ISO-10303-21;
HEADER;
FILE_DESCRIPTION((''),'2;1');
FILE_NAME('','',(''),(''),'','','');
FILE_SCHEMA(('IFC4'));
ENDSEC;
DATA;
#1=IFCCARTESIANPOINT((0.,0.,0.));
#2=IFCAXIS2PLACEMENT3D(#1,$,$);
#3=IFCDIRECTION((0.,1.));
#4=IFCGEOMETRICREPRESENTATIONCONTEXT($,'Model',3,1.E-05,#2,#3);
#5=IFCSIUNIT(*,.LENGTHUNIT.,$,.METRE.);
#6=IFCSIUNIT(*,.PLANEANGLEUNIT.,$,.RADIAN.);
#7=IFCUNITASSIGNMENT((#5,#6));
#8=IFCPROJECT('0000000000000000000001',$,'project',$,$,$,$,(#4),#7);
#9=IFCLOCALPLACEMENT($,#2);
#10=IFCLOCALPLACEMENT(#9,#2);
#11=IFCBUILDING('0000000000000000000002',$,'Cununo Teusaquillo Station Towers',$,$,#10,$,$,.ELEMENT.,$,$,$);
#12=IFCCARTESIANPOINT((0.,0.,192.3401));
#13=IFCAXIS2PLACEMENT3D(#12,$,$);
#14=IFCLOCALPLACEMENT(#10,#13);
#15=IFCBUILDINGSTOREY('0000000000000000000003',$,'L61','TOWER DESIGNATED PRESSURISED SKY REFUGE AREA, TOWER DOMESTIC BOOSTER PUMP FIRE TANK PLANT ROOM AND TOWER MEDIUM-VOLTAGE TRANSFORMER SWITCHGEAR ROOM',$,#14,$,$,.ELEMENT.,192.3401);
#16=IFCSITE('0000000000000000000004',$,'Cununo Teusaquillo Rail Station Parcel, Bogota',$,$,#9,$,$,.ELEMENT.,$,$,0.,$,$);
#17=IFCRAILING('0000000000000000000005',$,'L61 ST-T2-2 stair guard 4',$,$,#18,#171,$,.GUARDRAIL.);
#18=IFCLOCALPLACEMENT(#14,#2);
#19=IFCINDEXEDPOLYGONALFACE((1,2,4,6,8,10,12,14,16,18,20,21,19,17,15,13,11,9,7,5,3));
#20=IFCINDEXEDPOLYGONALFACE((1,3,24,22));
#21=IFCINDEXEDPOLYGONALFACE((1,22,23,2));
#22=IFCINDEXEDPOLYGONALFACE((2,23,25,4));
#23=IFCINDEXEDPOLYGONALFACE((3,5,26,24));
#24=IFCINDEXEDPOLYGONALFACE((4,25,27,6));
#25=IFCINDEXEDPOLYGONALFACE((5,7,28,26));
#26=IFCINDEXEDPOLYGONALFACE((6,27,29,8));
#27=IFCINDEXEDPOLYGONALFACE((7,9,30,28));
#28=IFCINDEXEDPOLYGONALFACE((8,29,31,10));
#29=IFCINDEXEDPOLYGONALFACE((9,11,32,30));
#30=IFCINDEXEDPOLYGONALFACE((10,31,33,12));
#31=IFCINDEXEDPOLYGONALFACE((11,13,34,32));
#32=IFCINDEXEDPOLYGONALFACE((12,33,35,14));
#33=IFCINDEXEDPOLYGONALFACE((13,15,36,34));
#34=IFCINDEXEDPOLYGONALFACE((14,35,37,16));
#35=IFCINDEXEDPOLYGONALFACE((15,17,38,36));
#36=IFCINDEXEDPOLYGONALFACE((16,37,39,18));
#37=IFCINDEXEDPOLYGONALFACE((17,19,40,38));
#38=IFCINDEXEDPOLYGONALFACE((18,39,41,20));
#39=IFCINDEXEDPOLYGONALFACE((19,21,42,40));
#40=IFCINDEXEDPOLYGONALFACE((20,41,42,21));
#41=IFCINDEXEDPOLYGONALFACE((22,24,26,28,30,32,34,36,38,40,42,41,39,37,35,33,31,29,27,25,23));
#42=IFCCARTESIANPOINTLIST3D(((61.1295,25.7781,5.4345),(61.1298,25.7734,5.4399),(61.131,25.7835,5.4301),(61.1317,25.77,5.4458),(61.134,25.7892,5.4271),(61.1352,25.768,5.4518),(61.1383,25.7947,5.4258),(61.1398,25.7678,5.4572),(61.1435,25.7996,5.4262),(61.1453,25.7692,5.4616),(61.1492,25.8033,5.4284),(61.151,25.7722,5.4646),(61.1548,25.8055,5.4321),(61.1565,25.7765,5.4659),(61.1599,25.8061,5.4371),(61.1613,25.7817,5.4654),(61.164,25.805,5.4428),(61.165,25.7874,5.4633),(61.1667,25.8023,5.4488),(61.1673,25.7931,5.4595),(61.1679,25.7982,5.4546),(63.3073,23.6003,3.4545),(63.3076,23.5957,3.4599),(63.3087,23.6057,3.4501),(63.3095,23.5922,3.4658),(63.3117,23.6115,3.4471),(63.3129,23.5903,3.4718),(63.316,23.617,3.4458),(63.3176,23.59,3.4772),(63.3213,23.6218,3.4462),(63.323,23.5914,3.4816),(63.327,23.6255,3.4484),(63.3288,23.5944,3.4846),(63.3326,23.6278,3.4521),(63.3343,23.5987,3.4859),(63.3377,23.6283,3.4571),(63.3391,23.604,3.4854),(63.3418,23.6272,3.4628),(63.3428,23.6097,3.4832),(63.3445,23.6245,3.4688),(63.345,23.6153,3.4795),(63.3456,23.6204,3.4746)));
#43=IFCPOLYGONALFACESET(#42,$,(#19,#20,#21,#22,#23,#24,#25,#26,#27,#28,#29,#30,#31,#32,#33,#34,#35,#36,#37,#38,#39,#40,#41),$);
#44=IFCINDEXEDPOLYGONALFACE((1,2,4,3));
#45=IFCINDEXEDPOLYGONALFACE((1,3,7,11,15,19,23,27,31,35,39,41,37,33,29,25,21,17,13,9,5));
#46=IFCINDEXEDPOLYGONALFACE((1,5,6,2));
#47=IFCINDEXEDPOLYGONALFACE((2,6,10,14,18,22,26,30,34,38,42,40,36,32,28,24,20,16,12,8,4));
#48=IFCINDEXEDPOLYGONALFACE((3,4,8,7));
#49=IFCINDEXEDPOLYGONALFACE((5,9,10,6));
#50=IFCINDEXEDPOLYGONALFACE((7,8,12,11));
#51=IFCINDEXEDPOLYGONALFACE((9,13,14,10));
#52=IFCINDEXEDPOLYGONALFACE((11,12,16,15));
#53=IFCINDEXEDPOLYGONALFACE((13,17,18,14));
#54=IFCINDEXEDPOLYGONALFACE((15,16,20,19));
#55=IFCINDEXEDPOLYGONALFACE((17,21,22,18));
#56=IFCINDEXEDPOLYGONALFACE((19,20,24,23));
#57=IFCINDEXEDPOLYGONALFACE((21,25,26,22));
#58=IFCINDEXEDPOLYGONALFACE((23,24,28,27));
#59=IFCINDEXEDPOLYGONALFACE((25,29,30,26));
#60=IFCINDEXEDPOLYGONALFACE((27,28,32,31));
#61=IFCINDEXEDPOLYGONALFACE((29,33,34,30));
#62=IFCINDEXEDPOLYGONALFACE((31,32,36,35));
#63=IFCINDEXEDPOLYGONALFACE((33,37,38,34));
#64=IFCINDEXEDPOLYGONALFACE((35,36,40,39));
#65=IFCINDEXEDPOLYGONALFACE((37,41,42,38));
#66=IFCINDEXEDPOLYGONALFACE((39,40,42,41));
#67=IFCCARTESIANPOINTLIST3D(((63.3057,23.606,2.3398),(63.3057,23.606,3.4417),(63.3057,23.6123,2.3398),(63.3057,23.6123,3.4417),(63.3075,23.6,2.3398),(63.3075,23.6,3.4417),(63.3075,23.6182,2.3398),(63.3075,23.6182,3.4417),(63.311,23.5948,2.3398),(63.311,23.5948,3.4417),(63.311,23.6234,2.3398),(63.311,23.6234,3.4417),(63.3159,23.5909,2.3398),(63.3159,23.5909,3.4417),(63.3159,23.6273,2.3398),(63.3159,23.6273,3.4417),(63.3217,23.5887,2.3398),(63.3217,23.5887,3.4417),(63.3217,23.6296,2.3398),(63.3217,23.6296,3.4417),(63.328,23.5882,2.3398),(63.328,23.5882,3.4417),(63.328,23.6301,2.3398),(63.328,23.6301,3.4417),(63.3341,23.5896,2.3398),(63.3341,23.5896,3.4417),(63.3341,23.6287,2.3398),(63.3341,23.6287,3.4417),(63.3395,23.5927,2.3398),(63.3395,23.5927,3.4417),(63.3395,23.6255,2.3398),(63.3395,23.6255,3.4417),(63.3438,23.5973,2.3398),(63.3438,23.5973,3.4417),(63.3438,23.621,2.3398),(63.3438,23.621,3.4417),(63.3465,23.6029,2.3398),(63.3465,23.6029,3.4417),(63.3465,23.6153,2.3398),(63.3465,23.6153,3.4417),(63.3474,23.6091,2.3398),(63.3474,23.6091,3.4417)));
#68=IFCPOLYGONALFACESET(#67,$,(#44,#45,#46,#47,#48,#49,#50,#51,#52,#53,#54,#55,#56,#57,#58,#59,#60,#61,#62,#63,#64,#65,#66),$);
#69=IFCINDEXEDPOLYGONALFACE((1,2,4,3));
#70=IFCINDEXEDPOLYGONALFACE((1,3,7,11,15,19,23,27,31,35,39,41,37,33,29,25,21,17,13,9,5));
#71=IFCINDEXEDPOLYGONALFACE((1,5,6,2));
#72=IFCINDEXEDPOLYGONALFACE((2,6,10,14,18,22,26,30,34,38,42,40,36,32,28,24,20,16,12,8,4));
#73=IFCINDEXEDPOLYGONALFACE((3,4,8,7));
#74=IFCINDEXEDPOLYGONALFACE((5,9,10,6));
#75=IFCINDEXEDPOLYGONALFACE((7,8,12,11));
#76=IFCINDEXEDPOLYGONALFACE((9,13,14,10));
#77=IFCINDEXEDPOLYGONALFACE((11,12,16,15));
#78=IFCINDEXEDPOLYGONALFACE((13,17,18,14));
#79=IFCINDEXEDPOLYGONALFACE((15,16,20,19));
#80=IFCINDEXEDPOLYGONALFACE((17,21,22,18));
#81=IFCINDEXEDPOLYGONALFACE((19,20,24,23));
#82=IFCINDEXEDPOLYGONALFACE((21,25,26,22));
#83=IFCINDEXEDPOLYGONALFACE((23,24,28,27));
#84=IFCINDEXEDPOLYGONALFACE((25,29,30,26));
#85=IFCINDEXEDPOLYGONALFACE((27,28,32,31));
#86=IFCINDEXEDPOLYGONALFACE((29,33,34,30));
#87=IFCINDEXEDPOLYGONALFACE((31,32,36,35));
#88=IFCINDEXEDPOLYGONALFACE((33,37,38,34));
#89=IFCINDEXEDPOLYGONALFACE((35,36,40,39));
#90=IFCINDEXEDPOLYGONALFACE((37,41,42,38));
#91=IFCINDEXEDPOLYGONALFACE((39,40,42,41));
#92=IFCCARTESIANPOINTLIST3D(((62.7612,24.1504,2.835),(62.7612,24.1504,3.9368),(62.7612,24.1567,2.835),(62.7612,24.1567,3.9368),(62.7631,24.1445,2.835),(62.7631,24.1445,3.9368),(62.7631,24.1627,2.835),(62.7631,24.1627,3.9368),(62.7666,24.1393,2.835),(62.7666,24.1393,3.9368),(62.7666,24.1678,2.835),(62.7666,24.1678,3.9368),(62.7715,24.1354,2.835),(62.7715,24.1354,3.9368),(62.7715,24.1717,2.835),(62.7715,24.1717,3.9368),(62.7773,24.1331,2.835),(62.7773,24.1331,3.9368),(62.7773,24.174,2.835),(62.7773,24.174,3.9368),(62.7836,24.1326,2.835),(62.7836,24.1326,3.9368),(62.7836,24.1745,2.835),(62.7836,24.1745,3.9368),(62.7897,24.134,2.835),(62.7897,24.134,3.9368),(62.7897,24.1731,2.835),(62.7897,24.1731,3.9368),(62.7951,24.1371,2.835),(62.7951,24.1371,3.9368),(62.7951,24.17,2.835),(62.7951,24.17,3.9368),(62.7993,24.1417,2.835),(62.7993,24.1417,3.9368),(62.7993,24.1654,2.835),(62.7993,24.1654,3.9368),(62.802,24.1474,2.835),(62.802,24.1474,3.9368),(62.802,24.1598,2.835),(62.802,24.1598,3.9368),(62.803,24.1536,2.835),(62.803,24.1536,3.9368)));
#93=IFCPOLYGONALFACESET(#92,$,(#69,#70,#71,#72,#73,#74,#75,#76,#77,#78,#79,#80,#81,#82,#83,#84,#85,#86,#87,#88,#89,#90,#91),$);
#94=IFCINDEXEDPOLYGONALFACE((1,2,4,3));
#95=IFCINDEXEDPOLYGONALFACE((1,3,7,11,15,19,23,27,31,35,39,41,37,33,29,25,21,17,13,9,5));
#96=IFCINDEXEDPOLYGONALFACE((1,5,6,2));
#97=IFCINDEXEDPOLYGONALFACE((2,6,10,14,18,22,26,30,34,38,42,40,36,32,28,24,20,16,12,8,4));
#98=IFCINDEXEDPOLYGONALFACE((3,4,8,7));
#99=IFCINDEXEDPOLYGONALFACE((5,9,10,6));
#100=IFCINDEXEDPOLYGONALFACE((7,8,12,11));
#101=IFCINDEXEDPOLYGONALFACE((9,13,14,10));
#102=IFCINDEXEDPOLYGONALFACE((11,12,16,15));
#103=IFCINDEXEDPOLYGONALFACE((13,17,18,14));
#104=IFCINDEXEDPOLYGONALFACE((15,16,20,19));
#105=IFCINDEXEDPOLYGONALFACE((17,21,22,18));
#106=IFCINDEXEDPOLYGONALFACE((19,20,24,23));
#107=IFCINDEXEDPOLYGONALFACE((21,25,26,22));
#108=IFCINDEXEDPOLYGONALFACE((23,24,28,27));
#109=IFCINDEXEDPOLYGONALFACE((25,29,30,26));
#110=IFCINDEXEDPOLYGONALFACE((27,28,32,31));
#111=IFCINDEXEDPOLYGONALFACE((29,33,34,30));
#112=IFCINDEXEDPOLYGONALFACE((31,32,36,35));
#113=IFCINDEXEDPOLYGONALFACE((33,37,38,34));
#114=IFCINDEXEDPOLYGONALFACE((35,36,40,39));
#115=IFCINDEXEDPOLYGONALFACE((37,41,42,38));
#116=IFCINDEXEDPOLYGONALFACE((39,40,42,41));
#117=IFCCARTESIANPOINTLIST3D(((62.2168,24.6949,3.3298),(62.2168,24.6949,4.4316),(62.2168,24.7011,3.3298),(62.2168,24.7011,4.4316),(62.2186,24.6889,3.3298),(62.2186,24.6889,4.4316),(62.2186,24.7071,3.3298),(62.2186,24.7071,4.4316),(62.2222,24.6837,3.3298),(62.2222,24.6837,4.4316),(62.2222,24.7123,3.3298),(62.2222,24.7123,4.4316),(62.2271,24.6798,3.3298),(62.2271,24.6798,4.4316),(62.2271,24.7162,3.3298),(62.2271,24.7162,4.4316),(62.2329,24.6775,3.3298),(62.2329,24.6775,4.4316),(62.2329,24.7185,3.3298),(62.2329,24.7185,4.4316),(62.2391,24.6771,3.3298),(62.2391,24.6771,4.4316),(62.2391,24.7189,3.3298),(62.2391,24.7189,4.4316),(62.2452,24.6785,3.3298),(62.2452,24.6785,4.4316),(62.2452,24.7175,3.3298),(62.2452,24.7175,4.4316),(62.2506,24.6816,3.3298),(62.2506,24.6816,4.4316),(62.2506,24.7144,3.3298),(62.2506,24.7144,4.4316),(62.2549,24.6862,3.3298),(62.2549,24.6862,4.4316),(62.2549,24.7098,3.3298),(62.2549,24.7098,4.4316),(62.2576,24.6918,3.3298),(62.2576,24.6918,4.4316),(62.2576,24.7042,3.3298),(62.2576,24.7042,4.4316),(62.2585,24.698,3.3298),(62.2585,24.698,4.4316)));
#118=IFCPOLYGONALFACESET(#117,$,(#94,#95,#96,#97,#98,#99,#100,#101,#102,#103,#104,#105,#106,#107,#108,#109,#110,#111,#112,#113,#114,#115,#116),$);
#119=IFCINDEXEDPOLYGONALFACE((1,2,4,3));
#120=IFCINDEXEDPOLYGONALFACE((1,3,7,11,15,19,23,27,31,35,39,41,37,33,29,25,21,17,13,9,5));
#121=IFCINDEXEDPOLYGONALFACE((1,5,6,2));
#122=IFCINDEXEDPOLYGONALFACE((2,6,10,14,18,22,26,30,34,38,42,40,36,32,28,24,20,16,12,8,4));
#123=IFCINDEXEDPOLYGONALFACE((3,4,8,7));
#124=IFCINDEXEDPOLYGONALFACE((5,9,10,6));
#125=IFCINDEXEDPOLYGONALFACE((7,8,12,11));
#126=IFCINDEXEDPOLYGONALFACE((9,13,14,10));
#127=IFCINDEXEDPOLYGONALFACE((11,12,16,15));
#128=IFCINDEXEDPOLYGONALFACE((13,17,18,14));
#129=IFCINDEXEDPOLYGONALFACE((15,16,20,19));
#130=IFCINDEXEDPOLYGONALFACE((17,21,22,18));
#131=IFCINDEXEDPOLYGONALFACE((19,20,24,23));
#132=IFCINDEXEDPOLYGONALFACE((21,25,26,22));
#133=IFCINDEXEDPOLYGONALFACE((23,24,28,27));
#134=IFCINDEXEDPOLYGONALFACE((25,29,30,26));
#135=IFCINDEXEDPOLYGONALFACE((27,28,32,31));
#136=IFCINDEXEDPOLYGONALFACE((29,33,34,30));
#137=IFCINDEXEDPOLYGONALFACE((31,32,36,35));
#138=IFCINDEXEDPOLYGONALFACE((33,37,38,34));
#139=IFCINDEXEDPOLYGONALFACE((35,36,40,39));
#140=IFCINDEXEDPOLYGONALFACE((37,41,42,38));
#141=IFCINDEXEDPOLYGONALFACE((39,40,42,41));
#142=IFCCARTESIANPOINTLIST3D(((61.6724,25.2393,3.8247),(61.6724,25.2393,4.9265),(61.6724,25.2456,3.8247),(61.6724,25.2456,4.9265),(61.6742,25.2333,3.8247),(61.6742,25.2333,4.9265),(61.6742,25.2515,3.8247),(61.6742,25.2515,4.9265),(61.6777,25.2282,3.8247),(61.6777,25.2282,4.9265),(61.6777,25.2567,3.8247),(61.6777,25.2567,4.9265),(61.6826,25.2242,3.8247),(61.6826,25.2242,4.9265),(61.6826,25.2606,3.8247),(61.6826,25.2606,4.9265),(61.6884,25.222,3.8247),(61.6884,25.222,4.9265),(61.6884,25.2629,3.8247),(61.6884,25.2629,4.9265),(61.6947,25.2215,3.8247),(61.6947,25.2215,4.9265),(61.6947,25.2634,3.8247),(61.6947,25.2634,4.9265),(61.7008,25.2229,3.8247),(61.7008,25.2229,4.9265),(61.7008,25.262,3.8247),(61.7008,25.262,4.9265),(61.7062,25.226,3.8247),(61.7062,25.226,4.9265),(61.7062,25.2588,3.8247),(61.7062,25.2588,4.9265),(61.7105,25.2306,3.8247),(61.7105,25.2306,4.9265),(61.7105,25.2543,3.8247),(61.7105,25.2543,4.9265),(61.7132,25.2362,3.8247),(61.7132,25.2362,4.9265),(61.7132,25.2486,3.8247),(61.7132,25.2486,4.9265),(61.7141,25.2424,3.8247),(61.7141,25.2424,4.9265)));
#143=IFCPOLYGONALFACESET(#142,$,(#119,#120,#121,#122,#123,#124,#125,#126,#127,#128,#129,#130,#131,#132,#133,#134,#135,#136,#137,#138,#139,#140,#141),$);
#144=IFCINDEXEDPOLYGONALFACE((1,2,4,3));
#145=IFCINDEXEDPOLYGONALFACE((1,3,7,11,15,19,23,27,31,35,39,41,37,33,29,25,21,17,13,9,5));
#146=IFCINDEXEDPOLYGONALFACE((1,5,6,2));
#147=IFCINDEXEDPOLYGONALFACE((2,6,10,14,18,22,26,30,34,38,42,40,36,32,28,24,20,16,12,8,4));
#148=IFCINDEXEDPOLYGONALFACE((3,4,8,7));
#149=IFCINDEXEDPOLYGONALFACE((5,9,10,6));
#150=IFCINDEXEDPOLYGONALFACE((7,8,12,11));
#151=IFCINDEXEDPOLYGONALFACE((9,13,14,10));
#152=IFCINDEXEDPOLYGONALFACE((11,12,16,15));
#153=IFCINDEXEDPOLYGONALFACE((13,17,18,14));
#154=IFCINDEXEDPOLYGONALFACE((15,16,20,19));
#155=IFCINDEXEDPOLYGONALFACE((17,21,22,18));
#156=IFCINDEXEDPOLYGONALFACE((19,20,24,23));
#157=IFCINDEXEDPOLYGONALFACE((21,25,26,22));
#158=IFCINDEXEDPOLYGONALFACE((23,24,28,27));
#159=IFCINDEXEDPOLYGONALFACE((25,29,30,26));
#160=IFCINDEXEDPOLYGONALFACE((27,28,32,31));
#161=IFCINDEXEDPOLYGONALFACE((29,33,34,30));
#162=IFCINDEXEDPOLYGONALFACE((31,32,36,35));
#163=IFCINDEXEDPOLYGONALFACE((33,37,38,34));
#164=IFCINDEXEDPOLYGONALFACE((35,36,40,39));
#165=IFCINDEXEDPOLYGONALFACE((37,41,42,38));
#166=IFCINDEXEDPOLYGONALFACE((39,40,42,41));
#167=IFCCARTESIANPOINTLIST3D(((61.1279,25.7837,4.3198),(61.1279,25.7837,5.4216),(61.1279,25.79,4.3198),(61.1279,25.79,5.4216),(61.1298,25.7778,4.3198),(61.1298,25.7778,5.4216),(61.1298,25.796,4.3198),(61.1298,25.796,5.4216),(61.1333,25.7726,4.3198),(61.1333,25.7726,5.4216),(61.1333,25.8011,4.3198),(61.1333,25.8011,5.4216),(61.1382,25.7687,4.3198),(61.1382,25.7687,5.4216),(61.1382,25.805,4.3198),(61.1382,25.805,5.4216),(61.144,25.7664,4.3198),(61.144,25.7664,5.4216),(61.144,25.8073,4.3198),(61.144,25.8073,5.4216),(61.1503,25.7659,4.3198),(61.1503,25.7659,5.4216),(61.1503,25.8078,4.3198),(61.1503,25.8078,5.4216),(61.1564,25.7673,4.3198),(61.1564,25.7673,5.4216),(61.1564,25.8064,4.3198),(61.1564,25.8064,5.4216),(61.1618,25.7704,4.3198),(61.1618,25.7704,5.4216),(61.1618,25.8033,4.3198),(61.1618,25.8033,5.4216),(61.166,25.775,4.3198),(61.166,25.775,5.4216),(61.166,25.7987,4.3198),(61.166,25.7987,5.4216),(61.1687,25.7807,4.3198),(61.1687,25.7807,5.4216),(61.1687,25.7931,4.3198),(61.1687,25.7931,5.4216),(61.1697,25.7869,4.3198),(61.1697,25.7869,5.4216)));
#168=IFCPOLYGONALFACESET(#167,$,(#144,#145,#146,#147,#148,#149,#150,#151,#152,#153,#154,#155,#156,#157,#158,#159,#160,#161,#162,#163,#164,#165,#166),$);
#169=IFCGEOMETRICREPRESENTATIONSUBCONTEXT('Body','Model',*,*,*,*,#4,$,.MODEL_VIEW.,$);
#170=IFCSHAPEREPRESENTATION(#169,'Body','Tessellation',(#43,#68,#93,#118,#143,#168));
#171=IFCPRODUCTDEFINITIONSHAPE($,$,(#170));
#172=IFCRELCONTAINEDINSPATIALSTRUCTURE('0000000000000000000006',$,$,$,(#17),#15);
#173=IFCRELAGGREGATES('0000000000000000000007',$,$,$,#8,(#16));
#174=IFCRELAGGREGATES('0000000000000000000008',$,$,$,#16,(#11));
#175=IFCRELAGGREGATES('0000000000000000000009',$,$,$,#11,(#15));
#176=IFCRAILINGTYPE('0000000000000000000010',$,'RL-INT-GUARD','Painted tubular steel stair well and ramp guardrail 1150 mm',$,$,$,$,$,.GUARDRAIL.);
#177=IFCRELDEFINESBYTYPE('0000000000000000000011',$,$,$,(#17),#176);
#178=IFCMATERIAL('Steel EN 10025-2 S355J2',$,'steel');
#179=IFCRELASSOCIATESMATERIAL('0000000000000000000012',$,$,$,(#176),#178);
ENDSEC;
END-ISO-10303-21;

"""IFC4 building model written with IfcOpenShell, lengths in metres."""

from ifc_helpers import new_model, si_unit, direction, frame, origin, origin_2d, place, context, subcontext, project, spatial, circle, extrude, material, type_object, element, save


model = new_model("IFC4")

# Units and contexts
model_context = context("Model", 3, precision=1e-05, world=origin(), true_north=direction((0.0, 1.0)))
body_context = subcontext(model_context, "Body", "Model", "MODEL_VIEW")
ifc_project = project(units=[si_unit("LENGTHUNIT", "METRE"), si_unit("PLANEANGLEUNIT", "RADIAN")], contexts=[model_context])

# Site, building, storey
site_placement = place(None, origin())
site = spatial("IfcSite", under=ifc_project, at=site_placement, Name="Cununo Teusaquillo Rail Station Parcel, Bogota", CompositionType="ELEMENT", RefElevation=0.0)
building_placement = place(site_placement, origin())
building = spatial("IfcBuilding", under=site, at=building_placement, Name="Cununo Teusaquillo Station Towers", CompositionType="ELEMENT")
storey_placement = place(building_placement, frame((0.0, 0.0, 192.3401)))
storey = spatial("IfcBuildingStorey", under=building, at=storey_placement, Name="L61", Description="TOWER DESIGNATED PRESSURISED SKY REFUGE AREA, TOWER DOMESTIC BOOSTER PUMP FIRE TANK PLANT ROOM AND TOWER MEDIUM-VOLTAGE TRANSFORMER SWITCHGEAR ROOM", CompositionType="ELEMENT", Elevation=192.3401)

# Railing
ifc_material_1 = material(Name="Steel EN 10025-2 S355J2", Category="steel")
railing_type_1 = type_object("IfcRailingType", Name="RL-INT-GUARD", Description="Painted tubular steel stair well and ramp guardrail 1150 mm", PredefinedType="GUARDRAIL", material=ifc_material_1)
railing_1_placement = place(storey_placement, frame((63.3264, 23.6091, 2.3398)))
element("IfcRailing", 1, at=railing_1_placement, inside=storey, type_object=railing_type_1, Name="L61 ST-T2-2 stair guard 4", PredefinedType="GUARDRAIL", context=body_context, shape_type="SweptSolid", body=[
    extrude(circle(Radius=0.0239, at=origin_2d()), frame((0.0, 0.0, 1.126), z_axis=(-0.594792, 0.594792, 0.540781), x_axis=(-0.707107, -0.707107, 0.0)), (0.0, 0.0, 1.0), 3.6614),
    extrude(circle(Radius=0.021, at=origin_2d()), origin(), (0.0, 0.0, 1.0), 1.1018),
    extrude(circle(Radius=0.021, at=origin_2d()), frame((-0.5444, 0.5444, 0.4951)), (0.0, 0.0, 1.0), 1.1018),
    extrude(circle(Radius=0.021, at=origin_2d()), frame((-1.0889, 1.0889, 0.99)), (0.0, 0.0, 1.0), 1.1018),
    extrude(circle(Radius=0.021, at=origin_2d()), frame((-1.6333, 1.6333, 1.4849)), (0.0, 0.0, 1.0), 1.1018),
    extrude(circle(Radius=0.021, at=origin_2d()), frame((-2.1777, 2.1777, 1.98)), (0.0, 0.0, 1.0), 1.1018),
])

save(model, "model.ifc")
